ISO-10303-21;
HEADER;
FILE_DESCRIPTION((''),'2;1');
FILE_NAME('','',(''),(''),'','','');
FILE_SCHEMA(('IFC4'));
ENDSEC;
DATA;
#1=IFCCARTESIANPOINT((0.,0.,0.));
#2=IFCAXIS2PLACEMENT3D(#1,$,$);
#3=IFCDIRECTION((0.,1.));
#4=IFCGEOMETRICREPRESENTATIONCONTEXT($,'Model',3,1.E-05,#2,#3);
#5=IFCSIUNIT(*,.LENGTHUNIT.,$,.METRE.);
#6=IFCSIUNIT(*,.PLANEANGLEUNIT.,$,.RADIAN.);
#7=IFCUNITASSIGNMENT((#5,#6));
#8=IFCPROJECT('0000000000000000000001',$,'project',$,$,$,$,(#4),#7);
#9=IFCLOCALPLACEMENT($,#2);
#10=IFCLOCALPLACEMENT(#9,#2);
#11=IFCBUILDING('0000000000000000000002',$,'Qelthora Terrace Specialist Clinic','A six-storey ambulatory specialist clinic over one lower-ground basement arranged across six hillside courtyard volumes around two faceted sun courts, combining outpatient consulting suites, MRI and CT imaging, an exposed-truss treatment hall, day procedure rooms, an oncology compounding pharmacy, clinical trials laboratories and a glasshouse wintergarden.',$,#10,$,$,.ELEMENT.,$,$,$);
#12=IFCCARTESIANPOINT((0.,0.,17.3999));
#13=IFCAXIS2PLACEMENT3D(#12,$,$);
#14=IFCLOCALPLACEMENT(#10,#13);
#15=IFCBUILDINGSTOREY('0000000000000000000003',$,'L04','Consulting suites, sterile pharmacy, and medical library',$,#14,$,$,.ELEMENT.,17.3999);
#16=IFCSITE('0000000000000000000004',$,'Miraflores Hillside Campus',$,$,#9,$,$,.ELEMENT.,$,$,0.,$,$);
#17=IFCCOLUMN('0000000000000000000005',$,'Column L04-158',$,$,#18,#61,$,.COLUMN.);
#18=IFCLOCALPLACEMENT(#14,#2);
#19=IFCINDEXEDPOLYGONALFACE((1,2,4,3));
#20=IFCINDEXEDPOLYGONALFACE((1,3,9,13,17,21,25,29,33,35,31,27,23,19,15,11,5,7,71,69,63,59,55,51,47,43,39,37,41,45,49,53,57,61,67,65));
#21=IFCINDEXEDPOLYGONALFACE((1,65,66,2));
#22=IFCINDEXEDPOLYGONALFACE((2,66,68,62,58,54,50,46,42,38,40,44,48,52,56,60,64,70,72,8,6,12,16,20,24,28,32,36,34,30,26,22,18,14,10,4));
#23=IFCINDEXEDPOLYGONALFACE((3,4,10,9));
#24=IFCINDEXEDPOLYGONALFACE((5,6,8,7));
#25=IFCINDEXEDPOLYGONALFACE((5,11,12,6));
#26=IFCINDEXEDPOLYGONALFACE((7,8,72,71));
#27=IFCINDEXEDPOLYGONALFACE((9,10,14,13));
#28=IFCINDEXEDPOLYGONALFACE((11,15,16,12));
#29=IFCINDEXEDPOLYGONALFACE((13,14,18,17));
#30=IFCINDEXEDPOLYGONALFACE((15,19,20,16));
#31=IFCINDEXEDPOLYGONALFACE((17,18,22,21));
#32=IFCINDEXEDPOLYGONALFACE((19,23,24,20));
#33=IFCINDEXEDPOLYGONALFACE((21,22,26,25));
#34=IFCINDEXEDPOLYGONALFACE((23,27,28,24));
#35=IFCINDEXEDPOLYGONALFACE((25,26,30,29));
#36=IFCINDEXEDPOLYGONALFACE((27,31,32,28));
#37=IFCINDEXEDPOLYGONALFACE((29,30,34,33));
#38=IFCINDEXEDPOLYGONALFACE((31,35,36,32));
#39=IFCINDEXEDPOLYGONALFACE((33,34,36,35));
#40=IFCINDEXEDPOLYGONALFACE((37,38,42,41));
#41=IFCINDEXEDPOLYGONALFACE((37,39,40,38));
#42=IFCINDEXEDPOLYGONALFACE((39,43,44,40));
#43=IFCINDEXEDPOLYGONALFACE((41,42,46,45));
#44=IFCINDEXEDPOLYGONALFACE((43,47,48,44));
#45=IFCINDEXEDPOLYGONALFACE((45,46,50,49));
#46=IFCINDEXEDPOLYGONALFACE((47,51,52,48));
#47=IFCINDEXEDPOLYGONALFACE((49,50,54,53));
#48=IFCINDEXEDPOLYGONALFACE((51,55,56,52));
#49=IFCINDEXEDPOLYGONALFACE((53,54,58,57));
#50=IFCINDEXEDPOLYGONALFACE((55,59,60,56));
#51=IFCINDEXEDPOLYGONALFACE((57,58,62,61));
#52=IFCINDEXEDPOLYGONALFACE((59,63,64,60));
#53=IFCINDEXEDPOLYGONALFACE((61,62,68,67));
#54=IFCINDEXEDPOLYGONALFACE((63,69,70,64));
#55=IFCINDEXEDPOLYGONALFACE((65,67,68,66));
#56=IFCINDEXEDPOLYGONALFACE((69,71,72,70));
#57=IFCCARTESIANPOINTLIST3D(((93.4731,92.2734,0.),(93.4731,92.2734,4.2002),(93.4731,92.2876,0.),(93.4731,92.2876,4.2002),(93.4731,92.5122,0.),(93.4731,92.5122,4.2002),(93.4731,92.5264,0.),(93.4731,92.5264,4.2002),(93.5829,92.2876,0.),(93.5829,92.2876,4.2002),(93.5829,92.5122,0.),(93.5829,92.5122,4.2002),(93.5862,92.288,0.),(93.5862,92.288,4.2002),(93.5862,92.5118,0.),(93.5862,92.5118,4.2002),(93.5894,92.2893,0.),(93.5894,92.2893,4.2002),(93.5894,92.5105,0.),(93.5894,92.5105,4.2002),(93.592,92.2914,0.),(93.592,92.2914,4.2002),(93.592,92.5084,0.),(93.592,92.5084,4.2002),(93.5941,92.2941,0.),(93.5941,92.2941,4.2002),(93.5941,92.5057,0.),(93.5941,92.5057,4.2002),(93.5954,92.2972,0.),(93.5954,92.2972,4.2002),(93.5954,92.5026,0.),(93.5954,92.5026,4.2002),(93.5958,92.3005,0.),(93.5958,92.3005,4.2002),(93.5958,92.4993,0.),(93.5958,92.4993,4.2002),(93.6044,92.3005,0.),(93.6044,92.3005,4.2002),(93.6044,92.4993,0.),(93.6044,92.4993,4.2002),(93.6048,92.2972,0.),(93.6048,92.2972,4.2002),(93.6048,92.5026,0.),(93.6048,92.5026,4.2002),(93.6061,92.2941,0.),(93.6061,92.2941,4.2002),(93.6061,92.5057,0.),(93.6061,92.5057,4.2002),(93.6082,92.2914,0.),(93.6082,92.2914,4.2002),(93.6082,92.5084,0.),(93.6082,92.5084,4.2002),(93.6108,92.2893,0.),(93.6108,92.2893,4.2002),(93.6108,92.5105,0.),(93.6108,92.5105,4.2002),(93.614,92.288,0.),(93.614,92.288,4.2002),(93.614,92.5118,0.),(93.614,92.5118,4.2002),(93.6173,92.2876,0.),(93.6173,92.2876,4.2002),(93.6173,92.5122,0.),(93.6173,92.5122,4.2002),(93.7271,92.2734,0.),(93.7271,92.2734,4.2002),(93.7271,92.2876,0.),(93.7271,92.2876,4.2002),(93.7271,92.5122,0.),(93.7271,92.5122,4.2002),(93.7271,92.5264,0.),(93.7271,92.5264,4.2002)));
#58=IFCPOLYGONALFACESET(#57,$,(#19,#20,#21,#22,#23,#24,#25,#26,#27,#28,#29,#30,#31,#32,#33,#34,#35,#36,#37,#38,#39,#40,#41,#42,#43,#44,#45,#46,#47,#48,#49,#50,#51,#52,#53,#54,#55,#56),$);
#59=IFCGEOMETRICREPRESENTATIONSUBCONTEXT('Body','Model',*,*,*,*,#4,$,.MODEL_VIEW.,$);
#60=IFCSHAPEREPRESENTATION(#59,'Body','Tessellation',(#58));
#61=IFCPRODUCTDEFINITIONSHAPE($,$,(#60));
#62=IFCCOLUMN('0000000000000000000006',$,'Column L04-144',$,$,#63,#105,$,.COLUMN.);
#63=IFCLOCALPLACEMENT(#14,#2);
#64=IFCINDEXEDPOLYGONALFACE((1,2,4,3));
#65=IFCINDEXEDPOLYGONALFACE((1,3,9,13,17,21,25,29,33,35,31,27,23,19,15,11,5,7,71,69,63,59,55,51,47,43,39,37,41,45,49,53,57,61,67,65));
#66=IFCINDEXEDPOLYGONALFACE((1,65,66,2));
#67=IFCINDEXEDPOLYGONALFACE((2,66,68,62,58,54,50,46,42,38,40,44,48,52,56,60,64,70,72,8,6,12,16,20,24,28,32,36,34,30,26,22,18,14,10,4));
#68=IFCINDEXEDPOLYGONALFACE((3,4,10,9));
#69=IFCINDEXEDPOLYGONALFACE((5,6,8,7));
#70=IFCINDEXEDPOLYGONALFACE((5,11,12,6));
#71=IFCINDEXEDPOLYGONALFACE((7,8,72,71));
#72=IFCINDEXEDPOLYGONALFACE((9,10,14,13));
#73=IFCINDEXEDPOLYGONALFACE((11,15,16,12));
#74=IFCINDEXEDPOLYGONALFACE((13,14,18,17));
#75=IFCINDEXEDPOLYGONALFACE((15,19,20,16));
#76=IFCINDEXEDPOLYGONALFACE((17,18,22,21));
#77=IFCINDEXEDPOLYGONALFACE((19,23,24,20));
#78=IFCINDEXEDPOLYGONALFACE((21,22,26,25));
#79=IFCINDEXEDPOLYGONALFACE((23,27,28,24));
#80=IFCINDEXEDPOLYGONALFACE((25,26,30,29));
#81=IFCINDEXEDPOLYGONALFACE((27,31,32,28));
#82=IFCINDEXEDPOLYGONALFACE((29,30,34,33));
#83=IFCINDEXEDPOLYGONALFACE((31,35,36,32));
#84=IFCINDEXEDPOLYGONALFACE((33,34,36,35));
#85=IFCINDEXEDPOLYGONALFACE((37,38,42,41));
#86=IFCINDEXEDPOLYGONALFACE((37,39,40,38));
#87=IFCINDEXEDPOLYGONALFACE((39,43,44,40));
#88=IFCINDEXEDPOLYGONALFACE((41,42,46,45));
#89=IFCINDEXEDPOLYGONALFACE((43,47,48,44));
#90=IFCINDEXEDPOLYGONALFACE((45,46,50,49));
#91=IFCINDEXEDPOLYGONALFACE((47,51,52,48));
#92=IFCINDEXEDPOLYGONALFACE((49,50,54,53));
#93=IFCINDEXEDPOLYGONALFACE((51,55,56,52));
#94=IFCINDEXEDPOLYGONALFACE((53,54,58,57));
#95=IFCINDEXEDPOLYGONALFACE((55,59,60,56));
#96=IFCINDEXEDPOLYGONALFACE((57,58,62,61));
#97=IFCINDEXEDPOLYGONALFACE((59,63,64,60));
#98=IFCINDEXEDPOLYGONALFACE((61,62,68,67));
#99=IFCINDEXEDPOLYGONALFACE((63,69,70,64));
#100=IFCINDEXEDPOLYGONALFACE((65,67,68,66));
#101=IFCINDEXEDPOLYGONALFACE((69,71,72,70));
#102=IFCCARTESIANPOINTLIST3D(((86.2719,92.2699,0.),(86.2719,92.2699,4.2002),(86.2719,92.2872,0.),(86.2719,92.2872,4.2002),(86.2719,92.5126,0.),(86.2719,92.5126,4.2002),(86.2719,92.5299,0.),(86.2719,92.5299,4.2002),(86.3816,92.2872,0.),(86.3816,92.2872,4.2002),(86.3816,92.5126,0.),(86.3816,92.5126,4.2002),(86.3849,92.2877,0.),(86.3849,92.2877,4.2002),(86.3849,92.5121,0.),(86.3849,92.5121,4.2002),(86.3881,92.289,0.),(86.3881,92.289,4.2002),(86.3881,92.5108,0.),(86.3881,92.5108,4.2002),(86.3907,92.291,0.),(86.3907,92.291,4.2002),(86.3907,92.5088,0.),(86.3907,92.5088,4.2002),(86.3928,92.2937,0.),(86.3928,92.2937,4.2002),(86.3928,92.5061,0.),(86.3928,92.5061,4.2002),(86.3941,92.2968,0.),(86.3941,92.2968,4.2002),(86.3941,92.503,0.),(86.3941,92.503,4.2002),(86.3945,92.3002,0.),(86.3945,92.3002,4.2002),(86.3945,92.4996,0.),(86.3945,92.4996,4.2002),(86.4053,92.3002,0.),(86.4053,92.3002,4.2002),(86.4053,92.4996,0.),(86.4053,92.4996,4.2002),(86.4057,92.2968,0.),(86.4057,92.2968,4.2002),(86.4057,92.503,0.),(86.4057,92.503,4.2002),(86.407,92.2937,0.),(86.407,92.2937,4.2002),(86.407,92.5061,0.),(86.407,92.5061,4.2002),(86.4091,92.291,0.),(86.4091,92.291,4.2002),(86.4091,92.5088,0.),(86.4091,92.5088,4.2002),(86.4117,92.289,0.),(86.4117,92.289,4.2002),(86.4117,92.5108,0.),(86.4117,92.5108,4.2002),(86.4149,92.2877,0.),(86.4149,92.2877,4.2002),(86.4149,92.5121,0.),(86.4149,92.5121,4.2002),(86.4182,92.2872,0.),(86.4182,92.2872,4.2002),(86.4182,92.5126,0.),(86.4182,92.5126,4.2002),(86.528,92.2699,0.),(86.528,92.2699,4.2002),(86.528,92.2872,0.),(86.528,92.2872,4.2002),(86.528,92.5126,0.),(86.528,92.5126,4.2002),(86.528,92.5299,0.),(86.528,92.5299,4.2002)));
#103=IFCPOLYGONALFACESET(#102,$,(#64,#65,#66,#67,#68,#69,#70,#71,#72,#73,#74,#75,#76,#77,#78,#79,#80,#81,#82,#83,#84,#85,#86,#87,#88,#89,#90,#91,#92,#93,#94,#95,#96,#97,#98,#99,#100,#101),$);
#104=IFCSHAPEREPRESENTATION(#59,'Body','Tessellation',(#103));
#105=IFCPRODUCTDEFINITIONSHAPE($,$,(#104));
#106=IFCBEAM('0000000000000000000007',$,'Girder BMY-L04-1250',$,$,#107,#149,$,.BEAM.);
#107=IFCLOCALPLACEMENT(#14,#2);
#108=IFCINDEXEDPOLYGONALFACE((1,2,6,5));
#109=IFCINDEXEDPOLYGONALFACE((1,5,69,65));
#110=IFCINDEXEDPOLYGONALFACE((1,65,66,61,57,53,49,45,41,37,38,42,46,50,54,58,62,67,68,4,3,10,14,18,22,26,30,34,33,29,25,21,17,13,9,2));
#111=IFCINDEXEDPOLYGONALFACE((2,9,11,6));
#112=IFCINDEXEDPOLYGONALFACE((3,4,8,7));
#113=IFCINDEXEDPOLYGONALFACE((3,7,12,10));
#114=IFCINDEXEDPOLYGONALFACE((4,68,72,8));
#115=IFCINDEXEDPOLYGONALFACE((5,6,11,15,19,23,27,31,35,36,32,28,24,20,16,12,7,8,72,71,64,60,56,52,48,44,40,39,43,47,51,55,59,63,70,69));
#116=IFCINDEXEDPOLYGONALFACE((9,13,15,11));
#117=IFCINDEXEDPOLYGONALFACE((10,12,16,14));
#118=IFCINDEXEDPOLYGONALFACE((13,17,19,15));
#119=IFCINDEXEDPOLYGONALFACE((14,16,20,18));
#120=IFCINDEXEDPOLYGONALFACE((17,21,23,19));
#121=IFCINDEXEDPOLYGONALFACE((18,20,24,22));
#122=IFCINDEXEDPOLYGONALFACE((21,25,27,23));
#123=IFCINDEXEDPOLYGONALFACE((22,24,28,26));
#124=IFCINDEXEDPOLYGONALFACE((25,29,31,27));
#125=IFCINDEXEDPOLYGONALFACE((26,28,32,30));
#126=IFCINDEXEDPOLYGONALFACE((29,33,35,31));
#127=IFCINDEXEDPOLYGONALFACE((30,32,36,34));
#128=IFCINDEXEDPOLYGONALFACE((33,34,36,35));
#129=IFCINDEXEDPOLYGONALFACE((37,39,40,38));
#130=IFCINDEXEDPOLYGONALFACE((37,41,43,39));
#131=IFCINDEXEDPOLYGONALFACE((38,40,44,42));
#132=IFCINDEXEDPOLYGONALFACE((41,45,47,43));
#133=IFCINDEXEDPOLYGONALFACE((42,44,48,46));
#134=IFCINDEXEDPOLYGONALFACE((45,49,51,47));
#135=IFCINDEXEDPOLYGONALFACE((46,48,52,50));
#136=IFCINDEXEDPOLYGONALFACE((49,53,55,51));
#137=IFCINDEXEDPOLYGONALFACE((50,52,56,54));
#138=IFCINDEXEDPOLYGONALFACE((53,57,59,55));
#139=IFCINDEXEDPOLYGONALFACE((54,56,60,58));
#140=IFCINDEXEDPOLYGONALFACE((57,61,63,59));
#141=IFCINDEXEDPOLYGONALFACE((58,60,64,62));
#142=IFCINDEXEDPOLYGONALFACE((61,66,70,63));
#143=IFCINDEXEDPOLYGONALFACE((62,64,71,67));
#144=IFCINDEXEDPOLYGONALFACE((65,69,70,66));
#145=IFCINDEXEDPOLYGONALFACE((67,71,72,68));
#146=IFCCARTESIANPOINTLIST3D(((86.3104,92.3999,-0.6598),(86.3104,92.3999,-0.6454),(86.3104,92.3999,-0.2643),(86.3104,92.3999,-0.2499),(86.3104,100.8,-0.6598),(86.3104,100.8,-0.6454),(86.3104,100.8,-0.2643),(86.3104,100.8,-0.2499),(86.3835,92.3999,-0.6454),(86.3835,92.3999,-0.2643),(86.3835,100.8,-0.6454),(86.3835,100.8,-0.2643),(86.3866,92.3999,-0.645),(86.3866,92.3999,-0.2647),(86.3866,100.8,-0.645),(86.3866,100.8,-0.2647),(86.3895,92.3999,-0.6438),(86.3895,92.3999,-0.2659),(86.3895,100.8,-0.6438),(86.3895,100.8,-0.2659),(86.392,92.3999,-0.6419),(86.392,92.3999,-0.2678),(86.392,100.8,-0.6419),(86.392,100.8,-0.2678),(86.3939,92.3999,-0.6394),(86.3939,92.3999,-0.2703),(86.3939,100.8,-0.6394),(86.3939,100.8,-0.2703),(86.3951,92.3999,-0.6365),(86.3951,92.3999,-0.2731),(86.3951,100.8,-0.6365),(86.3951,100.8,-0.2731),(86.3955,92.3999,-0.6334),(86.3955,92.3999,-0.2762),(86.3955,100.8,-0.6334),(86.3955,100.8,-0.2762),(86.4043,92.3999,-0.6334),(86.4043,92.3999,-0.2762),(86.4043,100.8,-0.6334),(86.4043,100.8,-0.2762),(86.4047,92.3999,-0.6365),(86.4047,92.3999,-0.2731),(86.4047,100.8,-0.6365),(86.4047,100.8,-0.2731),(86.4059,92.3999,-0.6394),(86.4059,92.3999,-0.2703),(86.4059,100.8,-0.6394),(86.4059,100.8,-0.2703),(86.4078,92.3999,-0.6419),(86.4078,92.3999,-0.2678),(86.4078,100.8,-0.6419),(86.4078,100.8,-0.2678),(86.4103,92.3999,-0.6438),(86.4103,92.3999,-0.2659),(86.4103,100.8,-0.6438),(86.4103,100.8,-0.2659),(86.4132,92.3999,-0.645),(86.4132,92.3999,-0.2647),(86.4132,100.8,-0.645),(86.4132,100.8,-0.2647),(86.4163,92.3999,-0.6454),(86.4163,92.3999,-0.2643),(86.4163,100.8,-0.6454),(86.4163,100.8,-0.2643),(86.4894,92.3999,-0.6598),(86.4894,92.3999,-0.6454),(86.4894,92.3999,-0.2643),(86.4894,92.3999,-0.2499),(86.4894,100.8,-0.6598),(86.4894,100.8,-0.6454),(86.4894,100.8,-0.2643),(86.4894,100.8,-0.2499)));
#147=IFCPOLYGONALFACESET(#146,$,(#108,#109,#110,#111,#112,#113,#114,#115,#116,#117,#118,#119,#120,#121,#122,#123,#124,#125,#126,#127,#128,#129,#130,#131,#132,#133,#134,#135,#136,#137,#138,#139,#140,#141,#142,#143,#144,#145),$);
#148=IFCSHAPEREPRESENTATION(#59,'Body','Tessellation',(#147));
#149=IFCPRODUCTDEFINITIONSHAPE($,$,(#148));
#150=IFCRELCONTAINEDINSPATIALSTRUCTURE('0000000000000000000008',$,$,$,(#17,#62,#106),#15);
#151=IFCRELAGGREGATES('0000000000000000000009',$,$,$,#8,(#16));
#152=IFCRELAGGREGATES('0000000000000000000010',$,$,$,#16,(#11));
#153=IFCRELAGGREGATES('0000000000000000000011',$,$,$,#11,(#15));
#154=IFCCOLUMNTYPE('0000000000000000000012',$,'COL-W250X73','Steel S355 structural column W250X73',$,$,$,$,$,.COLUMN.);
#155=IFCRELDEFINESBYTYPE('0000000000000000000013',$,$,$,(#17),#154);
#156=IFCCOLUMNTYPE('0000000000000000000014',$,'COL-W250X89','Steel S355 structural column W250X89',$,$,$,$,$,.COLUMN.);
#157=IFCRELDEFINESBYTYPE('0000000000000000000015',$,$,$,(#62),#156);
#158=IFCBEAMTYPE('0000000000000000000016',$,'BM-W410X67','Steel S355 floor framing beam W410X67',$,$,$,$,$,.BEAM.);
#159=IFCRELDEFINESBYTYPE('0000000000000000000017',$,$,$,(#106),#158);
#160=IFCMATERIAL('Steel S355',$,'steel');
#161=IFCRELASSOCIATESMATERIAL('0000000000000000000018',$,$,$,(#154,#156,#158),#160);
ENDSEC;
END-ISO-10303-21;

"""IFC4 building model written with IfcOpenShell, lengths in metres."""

from ifc_helpers import new_model, si_unit, direction, frame, origin, origin_2d, place, context, subcontext, project, spatial, i_section, extrude, material, material_profile, profile_set, type_object, element, save


model = new_model("IFC4")

# Units and contexts
model_context = context("Model", 3, precision=1e-05, world=origin(), true_north=direction((0.0, 1.0)))
body_context = subcontext(model_context, "Body", "Model", "MODEL_VIEW")
ifc_project = project(units=[si_unit("LENGTHUNIT", "METRE"), si_unit("PLANEANGLEUNIT", "RADIAN")], contexts=[model_context])

# Site, building, storey
site_placement = place(None, origin())
site = spatial("IfcSite", under=ifc_project, at=site_placement, Name="Miraflores Hillside Campus", CompositionType="ELEMENT", RefElevation=0.0)
building_placement = place(site_placement, origin())
building = spatial("IfcBuilding", under=site, at=building_placement, Name="Qelthora Terrace Specialist Clinic", Description="A six-storey ambulatory specialist clinic over one lower-ground basement arranged across six hillside courtyard volumes around two faceted sun courts, combining outpatient consulting suites, MRI and CT imaging, an exposed-truss treatment hall, day procedure rooms, an oncology compounding pharmacy, clinical trials laboratories and a glasshouse wintergarden.", CompositionType="ELEMENT")
storey_placement = place(building_placement, frame((0.0, 0.0, 17.3999)))
storey = spatial("IfcBuildingStorey", under=building, at=storey_placement, Name="L04", Description="Consulting suites, sterile pharmacy, and medical library", CompositionType="ELEMENT", Elevation=17.3999)

# Columns
ifc_material_1 = material(Name="Steel S355", Category="steel")
ifc_material_profile_1 = material_profile(ifc_material_1, i_section(OverallWidth=0.2539, OverallDepth=0.2529, WebThickness=0.0085, FlangeThickness=0.0142, FilletRadius=0.0129, at=origin_2d()), Name="W250X73")
ifc_profile_set_1 = profile_set([ifc_material_profile_1], Name="Steel S355")
column_type_1 = type_object("IfcColumnType", Name="COL-W250X73", Description="Steel S355 structural column W250X73", PredefinedType="COLUMN", material=ifc_profile_set_1)
column_1_placement = place(storey_placement, frame((93.6001, 92.3999, 0.0), z_axis=(0.0, 0.0, 1.0), x_axis=(1.0, 0.0, 0.0)))
element("IfcColumn", 1, at=column_1_placement, inside=storey, type_object=column_type_1, Name="Column L04-158", PredefinedType="COLUMN", context=body_context, shape_type="SweptSolid", body=[
    extrude(i_section(OverallWidth=0.2539, OverallDepth=0.2529, WebThickness=0.0085, FlangeThickness=0.0142, FilletRadius=0.0129, at=origin_2d()), origin(), (0.0, 0.0, 1.0), 4.2002),
])
ifc_material_profile_2 = material_profile(ifc_material_1, i_section(OverallWidth=0.2561, OverallDepth=0.26, WebThickness=0.0107, FlangeThickness=0.0173, FilletRadius=0.0129, at=origin_2d()), Name="W250X89")
ifc_profile_set_2 = profile_set([ifc_material_profile_2], Name="Steel S355")
column_type_2 = type_object("IfcColumnType", Name="COL-W250X89", Description="Steel S355 structural column W250X89", PredefinedType="COLUMN", material=ifc_profile_set_2)
column_2_placement = place(storey_placement, frame((86.3999, 92.3999, 0.0), z_axis=(0.0, 0.0, 1.0), x_axis=(1.0, 0.0, 0.0)))
element("IfcColumn", 2, at=column_2_placement, inside=storey, type_object=column_type_2, Name="Column L04-144", PredefinedType="COLUMN", context=body_context, shape_type="SweptSolid", body=[
    extrude(i_section(OverallWidth=0.2561, OverallDepth=0.26, WebThickness=0.0107, FlangeThickness=0.0173, FilletRadius=0.0129, at=origin_2d()), origin(), (0.0, 0.0, 1.0), 4.2002),
])

# Beam
ifc_material_profile_3 = material_profile(ifc_material_1, i_section(OverallWidth=0.179, OverallDepth=0.4099, WebThickness=0.0088, FlangeThickness=0.0144, FilletRadius=0.012, at=origin_2d()), Name="W410X67")
ifc_profile_set_3 = profile_set([ifc_material_profile_3], Name="Steel S355")
beam_type_1 = type_object("IfcBeamType", Name="BM-W410X67", Description="Steel S355 floor framing beam W410X67", PredefinedType="BEAM", material=ifc_profile_set_3)
beam_1_placement = place(storey_placement, frame((86.3999, 92.3999, -0.4548), z_axis=(0.0, 1.0, 0.0), x_axis=(-1.0, 0.0, 0.0)))
element("IfcBeam", 3, at=beam_1_placement, inside=storey, type_object=beam_type_1, Name="Girder BMY-L04-1250", PredefinedType="BEAM", context=body_context, shape_type="SweptSolid", body=[
    extrude(i_section(OverallWidth=0.179, OverallDepth=0.4099, WebThickness=0.0088, FlangeThickness=0.0144, FilletRadius=0.012, at=origin_2d()), origin(), (0.0, 0.0, 1.0), 8.4001),
])

save(model, "model.ifc")
